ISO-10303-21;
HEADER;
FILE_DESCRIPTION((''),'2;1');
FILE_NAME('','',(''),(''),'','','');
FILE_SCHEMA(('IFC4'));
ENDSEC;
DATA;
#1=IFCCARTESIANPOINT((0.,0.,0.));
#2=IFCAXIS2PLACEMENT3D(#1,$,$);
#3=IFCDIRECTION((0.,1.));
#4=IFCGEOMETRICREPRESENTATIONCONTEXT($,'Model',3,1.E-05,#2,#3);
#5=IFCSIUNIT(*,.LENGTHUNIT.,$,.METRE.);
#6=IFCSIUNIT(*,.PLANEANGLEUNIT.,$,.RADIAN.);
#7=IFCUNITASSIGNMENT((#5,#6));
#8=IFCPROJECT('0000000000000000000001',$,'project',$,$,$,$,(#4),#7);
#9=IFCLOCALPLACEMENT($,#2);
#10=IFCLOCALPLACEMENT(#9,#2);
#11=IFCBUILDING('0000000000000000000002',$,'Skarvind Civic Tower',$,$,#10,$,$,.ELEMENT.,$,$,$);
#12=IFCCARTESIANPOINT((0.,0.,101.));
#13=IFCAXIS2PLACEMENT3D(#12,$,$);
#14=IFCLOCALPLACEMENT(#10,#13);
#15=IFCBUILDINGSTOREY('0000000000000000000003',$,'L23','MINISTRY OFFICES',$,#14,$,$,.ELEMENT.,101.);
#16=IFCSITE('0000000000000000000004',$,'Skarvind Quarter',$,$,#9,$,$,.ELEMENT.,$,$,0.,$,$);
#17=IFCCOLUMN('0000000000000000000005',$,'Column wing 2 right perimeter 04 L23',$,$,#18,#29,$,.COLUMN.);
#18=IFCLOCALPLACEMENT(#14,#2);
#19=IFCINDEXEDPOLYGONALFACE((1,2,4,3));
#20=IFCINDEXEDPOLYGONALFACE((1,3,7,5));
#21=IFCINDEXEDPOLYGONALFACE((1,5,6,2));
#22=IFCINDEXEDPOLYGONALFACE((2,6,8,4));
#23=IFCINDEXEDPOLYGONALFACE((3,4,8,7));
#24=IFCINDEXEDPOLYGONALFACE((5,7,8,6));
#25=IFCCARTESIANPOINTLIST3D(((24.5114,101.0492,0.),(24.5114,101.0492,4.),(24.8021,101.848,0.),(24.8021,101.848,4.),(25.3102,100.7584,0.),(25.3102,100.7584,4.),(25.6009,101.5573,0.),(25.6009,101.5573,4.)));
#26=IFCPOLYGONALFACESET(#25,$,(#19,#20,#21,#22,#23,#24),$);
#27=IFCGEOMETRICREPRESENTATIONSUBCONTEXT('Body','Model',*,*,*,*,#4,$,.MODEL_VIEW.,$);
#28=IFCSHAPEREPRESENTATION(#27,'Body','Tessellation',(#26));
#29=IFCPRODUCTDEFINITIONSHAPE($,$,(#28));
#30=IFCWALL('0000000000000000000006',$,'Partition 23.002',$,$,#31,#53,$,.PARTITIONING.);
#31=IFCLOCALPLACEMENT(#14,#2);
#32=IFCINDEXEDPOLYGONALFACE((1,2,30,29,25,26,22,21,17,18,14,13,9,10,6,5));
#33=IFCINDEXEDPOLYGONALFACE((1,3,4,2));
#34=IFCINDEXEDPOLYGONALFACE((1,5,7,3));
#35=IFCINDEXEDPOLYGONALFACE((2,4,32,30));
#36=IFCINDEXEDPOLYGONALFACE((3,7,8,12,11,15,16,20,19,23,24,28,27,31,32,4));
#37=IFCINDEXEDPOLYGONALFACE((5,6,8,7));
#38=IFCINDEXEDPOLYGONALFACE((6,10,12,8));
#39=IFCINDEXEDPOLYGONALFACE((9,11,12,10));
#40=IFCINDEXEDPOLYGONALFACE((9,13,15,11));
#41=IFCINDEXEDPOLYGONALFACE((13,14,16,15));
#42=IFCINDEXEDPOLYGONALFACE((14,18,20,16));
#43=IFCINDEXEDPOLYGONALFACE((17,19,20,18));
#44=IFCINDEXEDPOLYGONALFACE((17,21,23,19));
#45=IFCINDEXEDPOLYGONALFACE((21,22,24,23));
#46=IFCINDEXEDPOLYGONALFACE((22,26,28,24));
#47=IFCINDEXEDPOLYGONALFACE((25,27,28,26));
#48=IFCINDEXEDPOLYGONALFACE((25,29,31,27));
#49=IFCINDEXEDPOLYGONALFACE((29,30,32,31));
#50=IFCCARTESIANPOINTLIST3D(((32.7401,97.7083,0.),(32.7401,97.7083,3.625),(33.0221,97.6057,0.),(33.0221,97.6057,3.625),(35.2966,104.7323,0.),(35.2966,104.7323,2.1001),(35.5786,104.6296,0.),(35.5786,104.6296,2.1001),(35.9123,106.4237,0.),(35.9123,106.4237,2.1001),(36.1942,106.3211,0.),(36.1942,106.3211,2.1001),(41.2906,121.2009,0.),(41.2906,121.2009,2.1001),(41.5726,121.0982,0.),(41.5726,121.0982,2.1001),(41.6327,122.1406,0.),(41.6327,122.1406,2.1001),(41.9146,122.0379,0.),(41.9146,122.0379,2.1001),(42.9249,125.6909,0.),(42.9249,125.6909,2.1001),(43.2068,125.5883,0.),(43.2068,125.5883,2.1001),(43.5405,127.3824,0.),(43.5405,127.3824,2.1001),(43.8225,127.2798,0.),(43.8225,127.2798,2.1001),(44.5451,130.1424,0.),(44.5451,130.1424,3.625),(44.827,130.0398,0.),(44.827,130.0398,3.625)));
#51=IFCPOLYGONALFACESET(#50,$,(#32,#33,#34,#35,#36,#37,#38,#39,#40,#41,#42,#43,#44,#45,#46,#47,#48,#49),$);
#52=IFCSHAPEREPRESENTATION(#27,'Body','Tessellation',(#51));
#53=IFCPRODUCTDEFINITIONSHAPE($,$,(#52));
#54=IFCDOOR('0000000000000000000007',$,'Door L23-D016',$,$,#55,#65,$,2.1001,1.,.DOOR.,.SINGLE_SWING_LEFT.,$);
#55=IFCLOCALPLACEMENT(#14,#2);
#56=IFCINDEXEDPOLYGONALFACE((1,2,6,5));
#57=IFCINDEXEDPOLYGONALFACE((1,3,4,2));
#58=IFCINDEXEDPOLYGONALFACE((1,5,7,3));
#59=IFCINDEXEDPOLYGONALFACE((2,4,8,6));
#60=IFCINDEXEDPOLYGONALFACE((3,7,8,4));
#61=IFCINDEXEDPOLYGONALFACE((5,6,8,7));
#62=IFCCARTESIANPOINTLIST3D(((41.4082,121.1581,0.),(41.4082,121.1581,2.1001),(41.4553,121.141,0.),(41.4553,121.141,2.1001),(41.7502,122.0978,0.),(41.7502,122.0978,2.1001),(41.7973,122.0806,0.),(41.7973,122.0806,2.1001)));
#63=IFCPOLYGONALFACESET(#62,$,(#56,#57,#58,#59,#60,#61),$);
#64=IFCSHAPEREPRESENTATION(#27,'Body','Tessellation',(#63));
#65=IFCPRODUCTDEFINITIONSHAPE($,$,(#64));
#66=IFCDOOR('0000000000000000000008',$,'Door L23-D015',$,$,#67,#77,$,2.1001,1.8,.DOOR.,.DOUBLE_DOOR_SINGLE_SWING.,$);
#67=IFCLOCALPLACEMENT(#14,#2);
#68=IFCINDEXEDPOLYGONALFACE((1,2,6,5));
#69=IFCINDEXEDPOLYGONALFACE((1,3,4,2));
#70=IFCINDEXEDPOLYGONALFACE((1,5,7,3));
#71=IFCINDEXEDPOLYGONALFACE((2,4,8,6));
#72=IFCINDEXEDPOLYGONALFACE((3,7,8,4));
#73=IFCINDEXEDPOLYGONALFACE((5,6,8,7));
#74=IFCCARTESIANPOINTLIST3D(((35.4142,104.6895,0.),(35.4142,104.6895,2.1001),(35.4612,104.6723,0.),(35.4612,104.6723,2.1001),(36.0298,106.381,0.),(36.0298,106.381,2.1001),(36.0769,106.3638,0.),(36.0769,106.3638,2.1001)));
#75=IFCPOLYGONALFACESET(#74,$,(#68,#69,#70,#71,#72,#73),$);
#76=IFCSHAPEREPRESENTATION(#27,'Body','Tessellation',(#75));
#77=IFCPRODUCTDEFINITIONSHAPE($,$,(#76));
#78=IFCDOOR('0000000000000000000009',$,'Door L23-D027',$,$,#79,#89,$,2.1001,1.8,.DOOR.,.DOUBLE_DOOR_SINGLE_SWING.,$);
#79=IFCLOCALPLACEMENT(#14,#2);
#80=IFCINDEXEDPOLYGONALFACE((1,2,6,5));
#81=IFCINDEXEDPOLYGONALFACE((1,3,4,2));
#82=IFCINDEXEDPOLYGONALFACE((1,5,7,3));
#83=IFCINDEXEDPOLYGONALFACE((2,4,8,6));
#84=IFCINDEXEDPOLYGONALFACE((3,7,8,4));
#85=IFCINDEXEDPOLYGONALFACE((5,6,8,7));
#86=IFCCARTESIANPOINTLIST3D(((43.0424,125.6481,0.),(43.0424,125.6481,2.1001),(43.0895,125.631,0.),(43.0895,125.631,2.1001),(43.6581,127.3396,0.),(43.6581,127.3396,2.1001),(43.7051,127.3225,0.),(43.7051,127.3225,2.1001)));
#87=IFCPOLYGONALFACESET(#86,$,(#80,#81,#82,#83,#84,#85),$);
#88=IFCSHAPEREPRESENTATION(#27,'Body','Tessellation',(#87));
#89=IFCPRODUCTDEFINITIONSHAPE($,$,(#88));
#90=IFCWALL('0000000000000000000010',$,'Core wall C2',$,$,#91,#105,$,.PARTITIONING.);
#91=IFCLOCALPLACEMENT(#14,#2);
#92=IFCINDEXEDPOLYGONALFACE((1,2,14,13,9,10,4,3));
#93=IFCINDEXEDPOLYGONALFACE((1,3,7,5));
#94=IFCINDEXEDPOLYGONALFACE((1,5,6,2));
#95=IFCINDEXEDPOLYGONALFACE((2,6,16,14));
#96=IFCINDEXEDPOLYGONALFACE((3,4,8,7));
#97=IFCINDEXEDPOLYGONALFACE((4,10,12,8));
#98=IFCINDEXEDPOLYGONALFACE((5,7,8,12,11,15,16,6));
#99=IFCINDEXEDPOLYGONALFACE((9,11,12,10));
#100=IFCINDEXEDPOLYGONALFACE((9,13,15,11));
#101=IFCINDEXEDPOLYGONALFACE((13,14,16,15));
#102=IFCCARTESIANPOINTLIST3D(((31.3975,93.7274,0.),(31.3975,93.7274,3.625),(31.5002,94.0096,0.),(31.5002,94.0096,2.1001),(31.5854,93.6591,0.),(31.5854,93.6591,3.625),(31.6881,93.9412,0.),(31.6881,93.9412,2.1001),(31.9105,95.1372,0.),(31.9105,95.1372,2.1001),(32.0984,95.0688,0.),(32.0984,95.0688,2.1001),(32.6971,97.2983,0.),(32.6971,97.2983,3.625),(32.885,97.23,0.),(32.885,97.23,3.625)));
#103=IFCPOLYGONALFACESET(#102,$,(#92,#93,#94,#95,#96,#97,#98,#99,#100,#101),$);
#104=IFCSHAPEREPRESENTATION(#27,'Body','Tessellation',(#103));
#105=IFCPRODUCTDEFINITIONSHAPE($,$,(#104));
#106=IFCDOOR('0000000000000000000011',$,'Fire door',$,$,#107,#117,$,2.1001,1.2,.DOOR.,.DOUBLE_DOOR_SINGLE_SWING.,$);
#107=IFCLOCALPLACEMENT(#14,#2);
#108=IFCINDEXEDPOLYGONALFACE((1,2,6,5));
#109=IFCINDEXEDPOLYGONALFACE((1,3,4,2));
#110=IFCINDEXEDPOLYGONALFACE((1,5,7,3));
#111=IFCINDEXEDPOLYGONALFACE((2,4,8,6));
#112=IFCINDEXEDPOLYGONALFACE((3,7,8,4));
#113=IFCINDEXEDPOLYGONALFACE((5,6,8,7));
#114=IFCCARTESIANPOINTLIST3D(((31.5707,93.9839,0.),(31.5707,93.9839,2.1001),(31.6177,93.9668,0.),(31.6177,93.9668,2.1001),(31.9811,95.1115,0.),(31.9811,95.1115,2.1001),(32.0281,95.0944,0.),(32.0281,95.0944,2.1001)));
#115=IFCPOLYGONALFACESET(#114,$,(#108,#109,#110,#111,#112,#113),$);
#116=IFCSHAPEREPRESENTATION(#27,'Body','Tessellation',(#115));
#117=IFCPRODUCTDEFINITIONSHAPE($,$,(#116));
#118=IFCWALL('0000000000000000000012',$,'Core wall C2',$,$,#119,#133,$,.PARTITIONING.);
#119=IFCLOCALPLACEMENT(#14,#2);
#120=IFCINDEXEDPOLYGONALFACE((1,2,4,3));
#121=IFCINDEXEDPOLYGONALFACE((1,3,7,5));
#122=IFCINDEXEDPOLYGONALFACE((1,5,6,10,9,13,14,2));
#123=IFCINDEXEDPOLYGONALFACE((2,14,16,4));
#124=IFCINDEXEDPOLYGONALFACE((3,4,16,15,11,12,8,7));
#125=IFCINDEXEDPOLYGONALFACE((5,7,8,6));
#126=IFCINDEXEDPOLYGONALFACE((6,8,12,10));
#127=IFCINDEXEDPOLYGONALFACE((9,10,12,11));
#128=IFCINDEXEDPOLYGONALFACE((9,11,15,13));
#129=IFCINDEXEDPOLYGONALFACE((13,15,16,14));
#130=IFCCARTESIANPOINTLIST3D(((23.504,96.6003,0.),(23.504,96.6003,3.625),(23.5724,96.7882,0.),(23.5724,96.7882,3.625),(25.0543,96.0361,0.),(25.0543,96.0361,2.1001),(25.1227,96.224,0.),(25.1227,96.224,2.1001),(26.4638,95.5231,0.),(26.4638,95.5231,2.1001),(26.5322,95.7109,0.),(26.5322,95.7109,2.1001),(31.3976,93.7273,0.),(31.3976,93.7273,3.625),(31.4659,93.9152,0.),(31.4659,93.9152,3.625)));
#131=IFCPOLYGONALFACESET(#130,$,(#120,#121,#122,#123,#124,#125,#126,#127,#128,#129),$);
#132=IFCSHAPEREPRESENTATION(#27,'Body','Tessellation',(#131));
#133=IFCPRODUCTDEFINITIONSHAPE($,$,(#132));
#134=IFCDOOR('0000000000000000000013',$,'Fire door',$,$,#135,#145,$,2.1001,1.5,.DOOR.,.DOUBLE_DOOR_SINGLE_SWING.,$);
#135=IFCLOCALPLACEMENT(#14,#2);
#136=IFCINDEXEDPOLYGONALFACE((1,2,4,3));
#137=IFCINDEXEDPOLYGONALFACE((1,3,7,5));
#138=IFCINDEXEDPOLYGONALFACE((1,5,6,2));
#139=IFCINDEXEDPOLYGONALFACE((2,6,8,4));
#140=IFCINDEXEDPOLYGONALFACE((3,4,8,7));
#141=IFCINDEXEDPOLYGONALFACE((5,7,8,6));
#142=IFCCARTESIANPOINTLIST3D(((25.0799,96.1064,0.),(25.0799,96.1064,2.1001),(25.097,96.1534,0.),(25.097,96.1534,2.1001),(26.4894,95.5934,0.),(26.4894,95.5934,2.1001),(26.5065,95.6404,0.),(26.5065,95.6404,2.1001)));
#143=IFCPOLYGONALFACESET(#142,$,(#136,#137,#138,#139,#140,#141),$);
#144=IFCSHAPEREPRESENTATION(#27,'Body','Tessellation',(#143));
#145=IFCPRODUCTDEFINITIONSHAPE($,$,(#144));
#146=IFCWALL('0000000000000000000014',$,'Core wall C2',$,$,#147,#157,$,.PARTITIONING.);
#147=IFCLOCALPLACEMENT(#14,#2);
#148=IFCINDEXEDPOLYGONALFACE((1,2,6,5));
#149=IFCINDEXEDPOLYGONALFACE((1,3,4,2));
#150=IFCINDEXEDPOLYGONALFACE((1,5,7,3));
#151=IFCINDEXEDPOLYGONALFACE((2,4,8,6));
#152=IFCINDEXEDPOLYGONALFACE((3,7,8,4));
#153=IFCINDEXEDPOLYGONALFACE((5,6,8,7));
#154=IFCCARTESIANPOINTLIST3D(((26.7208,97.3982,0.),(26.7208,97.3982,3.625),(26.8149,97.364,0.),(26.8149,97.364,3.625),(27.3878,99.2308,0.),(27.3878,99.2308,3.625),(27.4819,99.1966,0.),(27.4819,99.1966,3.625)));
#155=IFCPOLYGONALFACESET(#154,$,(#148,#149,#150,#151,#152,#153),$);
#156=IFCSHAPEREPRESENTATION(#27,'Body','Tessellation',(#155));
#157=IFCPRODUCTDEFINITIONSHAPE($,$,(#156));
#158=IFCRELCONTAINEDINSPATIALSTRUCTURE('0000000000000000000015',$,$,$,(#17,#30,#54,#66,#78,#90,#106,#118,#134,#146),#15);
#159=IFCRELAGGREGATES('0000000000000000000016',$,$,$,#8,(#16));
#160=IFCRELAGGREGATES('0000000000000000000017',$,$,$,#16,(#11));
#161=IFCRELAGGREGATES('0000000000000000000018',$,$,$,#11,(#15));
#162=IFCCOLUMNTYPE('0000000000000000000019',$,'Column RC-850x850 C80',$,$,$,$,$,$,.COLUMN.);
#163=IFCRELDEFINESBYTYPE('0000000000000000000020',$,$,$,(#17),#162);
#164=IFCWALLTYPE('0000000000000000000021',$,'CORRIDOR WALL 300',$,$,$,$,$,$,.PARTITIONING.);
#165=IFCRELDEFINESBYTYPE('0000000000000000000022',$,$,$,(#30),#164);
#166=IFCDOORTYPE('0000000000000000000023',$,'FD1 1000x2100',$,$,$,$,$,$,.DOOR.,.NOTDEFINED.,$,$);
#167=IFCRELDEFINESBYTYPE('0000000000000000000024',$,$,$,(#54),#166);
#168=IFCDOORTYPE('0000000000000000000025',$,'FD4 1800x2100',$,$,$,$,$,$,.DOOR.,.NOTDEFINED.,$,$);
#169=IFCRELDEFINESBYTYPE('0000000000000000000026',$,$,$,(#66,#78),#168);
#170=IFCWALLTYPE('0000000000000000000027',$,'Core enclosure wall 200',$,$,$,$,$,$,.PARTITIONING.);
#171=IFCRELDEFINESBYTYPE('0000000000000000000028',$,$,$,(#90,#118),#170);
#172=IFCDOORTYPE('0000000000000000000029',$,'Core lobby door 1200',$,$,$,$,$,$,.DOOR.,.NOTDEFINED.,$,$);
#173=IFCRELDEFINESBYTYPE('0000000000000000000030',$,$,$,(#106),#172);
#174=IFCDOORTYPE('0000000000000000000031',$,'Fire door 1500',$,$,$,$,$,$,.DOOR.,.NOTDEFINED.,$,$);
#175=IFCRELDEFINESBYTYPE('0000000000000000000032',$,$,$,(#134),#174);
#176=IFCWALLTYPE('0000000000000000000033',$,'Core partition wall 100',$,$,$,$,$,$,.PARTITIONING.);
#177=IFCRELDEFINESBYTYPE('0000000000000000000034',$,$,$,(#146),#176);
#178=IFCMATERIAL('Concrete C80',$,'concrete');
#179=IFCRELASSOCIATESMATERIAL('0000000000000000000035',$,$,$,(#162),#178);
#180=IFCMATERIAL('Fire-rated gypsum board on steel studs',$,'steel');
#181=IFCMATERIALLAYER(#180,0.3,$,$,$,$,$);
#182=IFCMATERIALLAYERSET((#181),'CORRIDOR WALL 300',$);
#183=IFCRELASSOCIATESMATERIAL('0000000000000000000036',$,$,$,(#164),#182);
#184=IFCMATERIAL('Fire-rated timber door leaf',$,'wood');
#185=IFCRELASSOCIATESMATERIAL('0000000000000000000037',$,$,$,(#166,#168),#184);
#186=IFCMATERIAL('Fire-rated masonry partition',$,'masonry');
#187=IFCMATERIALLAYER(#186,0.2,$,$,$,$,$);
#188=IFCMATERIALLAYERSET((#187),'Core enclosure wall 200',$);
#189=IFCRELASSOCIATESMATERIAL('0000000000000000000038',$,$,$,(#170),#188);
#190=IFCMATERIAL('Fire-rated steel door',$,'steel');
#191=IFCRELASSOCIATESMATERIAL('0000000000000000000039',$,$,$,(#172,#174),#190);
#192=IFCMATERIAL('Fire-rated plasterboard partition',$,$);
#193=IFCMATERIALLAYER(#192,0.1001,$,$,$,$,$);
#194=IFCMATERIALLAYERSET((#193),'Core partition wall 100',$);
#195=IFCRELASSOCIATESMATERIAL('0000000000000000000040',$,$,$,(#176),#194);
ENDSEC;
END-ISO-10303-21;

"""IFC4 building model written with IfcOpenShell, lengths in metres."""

from ifc_helpers import new_model, si_unit, direction, frame, frame_2d, origin, origin_2d, place, context, subcontext, project, spatial, rectangle, extrude, material, layer, layer_set, material_profile, profile_set, type_object, element, fill, save


model = new_model("IFC4")

# Units and contexts
model_context = context("Model", 3, precision=1e-05, world=origin(), true_north=direction((0.0, 1.0)))
body_context = subcontext(model_context, "Body", "Model", "MODEL_VIEW")
ifc_project = project(units=[si_unit("LENGTHUNIT", "METRE"), si_unit("PLANEANGLEUNIT", "RADIAN")], contexts=[model_context])

# Site, building, storey
site_placement = place(None, origin())
site = spatial("IfcSite", under=ifc_project, at=site_placement, Name="Skarvind Quarter", CompositionType="ELEMENT", RefElevation=0.0)
building_placement = place(site_placement, origin())
building = spatial("IfcBuilding", under=site, at=building_placement, Name="Skarvind Civic Tower", CompositionType="ELEMENT")
storey_placement = place(building_placement, frame((0.0, 0.0, 101.0)))
storey = spatial("IfcBuildingStorey", under=building, at=storey_placement, Name="L23", Description="MINISTRY OFFICES", CompositionType="ELEMENT", Elevation=101.0)

# Column
ifc_material_1 = material(Name="Concrete C80", Category="concrete")
ifc_material_profile = material_profile(ifc_material_1, rectangle(XDim=0.8501, YDim=0.8501, at=origin_2d()), Name="RC-850x850")
ifc_profile_set = profile_set([ifc_material_profile], Name="Concrete C80")
column_type = type_object("IfcColumnType", Name="Column RC-850x850 C80", PredefinedType="COLUMN", material=ifc_profile_set)
column_placement = place(storey_placement, frame((25.0562, 101.3032, 0.0), z_axis=(0.0, 0.0, 1.0), x_axis=(-0.34202, -0.939693, 0.0)))
element("IfcColumn", 1, at=column_placement, inside=storey, type_object=column_type, Name="Column wing 2 right perimeter 04 L23", PredefinedType="COLUMN", context=body_context, shape_type="SweptSolid", body=[
    extrude(rectangle(XDim=0.8501, YDim=0.8501, at=origin_2d()), origin(), (0.0, 0.0, 1.0), 4.0),
])

# Wall, openings, doors
ifc_material_2 = material(Name="Fire-rated gypsum board on steel studs", Category="steel")
ifc_layer_1 = layer(ifc_material_2, 0.3)
ifc_layer_set_1 = layer_set([ifc_layer_1], Name="CORRIDOR WALL 300")
wall_type_1 = type_object("IfcWallType", Name="CORRIDOR WALL 300", PredefinedType="PARTITIONING", material=ifc_layer_set_1)
wall_1_placement = place(storey_placement, frame((32.8811, 97.657, 0.0), z_axis=(0.0, 0.0, 1.0), x_axis=(0.342017, 0.939694, 0.0)))
wall_1 = element("IfcWall", 2, at=wall_1_placement, inside=storey, type_object=wall_type_1, Name="Partition 23.002", PredefinedType="PARTITIONING", context=body_context, shape_type="SweptSolid", body=[
    extrude(rectangle(XDim=34.5156, YDim=0.3, at=frame_2d((17.2578, 0.0))), origin(), (0.0, 0.0, 1.0), 3.625),
])
opening_1_placement = place(wall_1_placement, frame((7.4749, 0.0, 0.0)))
opening_1 = element("IfcOpeningElement", 3, at=opening_1_placement, cuts=wall_1, PredefinedType="OPENING", context=body_context, shape_type="SweptSolid", body=[
    extrude(rectangle(XDim=1.8, YDim=2.1001, at=frame_2d((0.8999, 1.05))), frame((0.0, 0.1599, 0.0), z_axis=(0.0, -1.0, 0.0), x_axis=(1.0, 0.0, 0.0)), (0.0, 0.0, 1.0), 0.3201),
])
opening_2_placement = place(wall_1_placement, frame((25.0002, 0.0, 0.0)))
opening_2 = element("IfcOpeningElement", 4, at=opening_2_placement, cuts=wall_1, PredefinedType="OPENING", context=body_context, shape_type="SweptSolid", body=[
    extrude(rectangle(XDim=1.0, YDim=2.1001, at=frame_2d((0.5, 1.05))), frame((0.0, 0.1599, 0.0), z_axis=(0.0, -1.0, 0.0), x_axis=(1.0, 0.0, 0.0)), (0.0, 0.0, 1.0), 0.3201),
])
opening_3_placement = place(wall_1_placement, frame((29.7786, 0.0, 0.0)))
opening_3 = element("IfcOpeningElement", 5, at=opening_3_placement, cuts=wall_1, PredefinedType="OPENING", context=body_context, shape_type="SweptSolid", body=[
    extrude(rectangle(XDim=1.8, YDim=2.1001, at=frame_2d((0.8999, 1.05))), frame((0.0, 0.1599, 0.0), z_axis=(0.0, -1.0, 0.0), x_axis=(1.0, 0.0, 0.0)), (0.0, 0.0, 1.0), 0.3201),
])
ifc_material_3 = material(Name="Fire-rated timber door leaf", Category="wood")
door_type_1 = type_object("IfcDoorType", Name="FD1 1000x2100", OperationType="NOTDEFINED", PredefinedType="DOOR", material=ifc_material_3)
door_1_placement = place(opening_2_placement, origin())
door_1 = element("IfcDoor", 6, at=door_1_placement, inside=storey, type_object=door_type_1, Name="Door L23-D016", OperationType="SINGLE_SWING_LEFT", OverallHeight=2.1001, OverallWidth=1.0, PredefinedType="DOOR", context=body_context, shape_type="SweptSolid", body=[
    extrude(rectangle(XDim=1.0, YDim=2.1001, at=frame_2d((0.5, 1.05))), frame((0.0, 0.0249, 0.0), z_axis=(0.0, -1.0, 0.0), x_axis=(1.0, 0.0, 0.0)), (0.0, 0.0, 1.0), 0.05),
])
fill(opening_2, door_1)
door_type_2 = type_object("IfcDoorType", Name="FD4 1800x2100", OperationType="NOTDEFINED", PredefinedType="DOOR", material=ifc_material_3)
door_2_placement = place(opening_1_placement, origin())
door_2 = element("IfcDoor", 7, at=door_2_placement, inside=storey, type_object=door_type_2, Name="Door L23-D015", OperationType="DOUBLE_DOOR_SINGLE_SWING", OverallHeight=2.1001, OverallWidth=1.8, PredefinedType="DOOR", context=body_context, shape_type="SweptSolid", body=[
    extrude(rectangle(XDim=1.8, YDim=2.1001, at=frame_2d((0.8999, 1.05))), frame((0.0, 0.0249, 0.0), z_axis=(0.0, -1.0, 0.0), x_axis=(1.0, 0.0, 0.0)), (0.0, 0.0, 1.0), 0.05),
])
fill(opening_1, door_2)
door_3_placement = place(opening_3_placement, origin())
door_3 = element("IfcDoor", 8, at=door_3_placement, inside=storey, type_object=door_type_2, Name="Door L23-D027", OperationType="DOUBLE_DOOR_SINGLE_SWING", OverallHeight=2.1001, OverallWidth=1.8, PredefinedType="DOOR", context=body_context, shape_type="SweptSolid", body=[
    extrude(rectangle(XDim=1.8, YDim=2.1001, at=frame_2d((0.8999, 1.05))), frame((0.0, 0.0249, 0.0), z_axis=(0.0, -1.0, 0.0), x_axis=(1.0, 0.0, 0.0)), (0.0, 0.0, 1.0), 0.05),
])
fill(opening_3, door_3)

# Walls, openings, doors
ifc_material_4 = material(Name="Fire-rated masonry partition", Category="masonry")
ifc_layer_2 = layer(ifc_material_4, 0.2)
ifc_layer_set_2 = layer_set([ifc_layer_2], Name="Core enclosure wall 200")
wall_type_2 = type_object("IfcWallType", Name="Core enclosure wall 200", PredefinedType="PARTITIONING", material=ifc_layer_set_2)
wall_2_placement = place(storey_placement, frame((31.4915, 93.6934, 0.0), z_axis=(0.0, 0.0, 1.0), x_axis=(0.341996, 0.939701, 0.0)))
wall_2 = element("IfcWall", 9, at=wall_2_placement, inside=storey, type_object=wall_type_2, Name="Core wall C2", PredefinedType="PARTITIONING", context=body_context, shape_type="SweptSolid", body=[
    extrude(rectangle(XDim=3.8, YDim=0.2, at=frame_2d((1.8999, 0.0))), origin(), (0.0, 0.0, 1.0), 3.625),
])
opening_4_placement = place(wall_2_placement, frame((0.3, 0.0, 0.0)))
opening_4 = element("IfcOpeningElement", 10, at=opening_4_placement, cuts=wall_2, PredefinedType="OPENING", context=body_context, shape_type="SweptSolid", body=[
    extrude(rectangle(XDim=1.2, YDim=2.1001, at=frame_2d((0.6001, 1.05))), frame((0.0, 0.1099, 0.0), z_axis=(0.0, -1.0, 0.0), x_axis=(1.0, 0.0, 0.0)), (0.0, 0.0, 1.0), 0.22),
])
ifc_material_5 = material(Name="Fire-rated steel door", Category="steel")
door_type_3 = type_object("IfcDoorType", Name="Core lobby door 1200", OperationType="NOTDEFINED", PredefinedType="DOOR", material=ifc_material_5)
door_4_placement = place(opening_4_placement, origin())
door_4 = element("IfcDoor", 11, at=door_4_placement, inside=storey, type_object=door_type_3, Name="Fire door", OperationType="DOUBLE_DOOR_SINGLE_SWING", OverallHeight=2.1001, OverallWidth=1.2, PredefinedType="DOOR", context=body_context, shape_type="SweptSolid", body=[
    extrude(rectangle(XDim=1.2, YDim=2.1001, at=frame_2d((0.6001, 1.05))), frame((0.0, 0.0249, 0.0), z_axis=(0.0, -1.0, 0.0), x_axis=(1.0, 0.0, 0.0)), (0.0, 0.0, 1.0), 0.05),
])
fill(opening_4, door_4)
wall_3_placement = place(storey_placement, frame((23.5381, 96.6943, 0.0), z_axis=(0.0, 0.0, 1.0), x_axis=(0.939692, -0.342023, 0.0)))
wall_3 = element("IfcWall", 12, at=wall_3_placement, inside=storey, type_object=wall_type_2, Name="Core wall C2", PredefinedType="PARTITIONING", context=body_context, shape_type="SweptSolid", body=[
    extrude(rectangle(XDim=8.4001, YDim=0.2, at=frame_2d((4.2002, 0.0))), origin(), (0.0, 0.0, 1.0), 3.625),
])
opening_5_placement = place(wall_3_placement, frame((1.6499, 0.0, 0.0)))
opening_5 = element("IfcOpeningElement", 13, at=opening_5_placement, cuts=wall_3, PredefinedType="OPENING", context=body_context, shape_type="SweptSolid", body=[
    extrude(rectangle(XDim=1.5, YDim=2.1001, at=frame_2d((0.75, 1.05))), frame((0.0, 0.1099, 0.0), z_axis=(0.0, -1.0, 0.0), x_axis=(1.0, 0.0, 0.0)), (0.0, 0.0, 1.0), 0.22),
])
door_type_4 = type_object("IfcDoorType", Name="Fire door 1500", OperationType="NOTDEFINED", PredefinedType="DOOR", material=ifc_material_5)
door_5_placement = place(opening_5_placement, origin())
door_5 = element("IfcDoor", 14, at=door_5_placement, inside=storey, type_object=door_type_4, Name="Fire door", OperationType="DOUBLE_DOOR_SINGLE_SWING", OverallHeight=2.1001, OverallWidth=1.5, PredefinedType="DOOR", context=body_context, shape_type="SweptSolid", body=[
    extrude(rectangle(XDim=1.5, YDim=2.1001, at=frame_2d((0.75, 1.05))), frame((0.0, 0.0249, 0.0), z_axis=(0.0, -1.0, 0.0), x_axis=(1.0, 0.0, 0.0)), (0.0, 0.0, 1.0), 0.05),
])
fill(opening_5, door_5)

# Wall
ifc_material_6 = material(Name="Fire-rated plasterboard partition")
ifc_layer_3 = layer(ifc_material_6, 0.1001)
ifc_layer_set_3 = layer_set([ifc_layer_3], Name="Core partition wall 100")
wall_type_3 = type_object("IfcWallType", Name="Core partition wall 100", PredefinedType="PARTITIONING", material=ifc_layer_set_3)
wall_4_placement = place(storey_placement, frame((26.7678, 97.3811, 0.0), z_axis=(0.0, 0.0, 1.0), x_axis=(0.342025, 0.939691, 0.0)))
element("IfcWall", 15, at=wall_4_placement, inside=storey, type_object=wall_type_3, Name="Core wall C2", PredefinedType="PARTITIONING", context=body_context, shape_type="SweptSolid", body=[
    extrude(rectangle(XDim=1.9502, YDim=0.1001, at=frame_2d((0.9751, 0.0))), origin(), (0.0, 0.0, 1.0), 3.625),
])

save(model, "model.ifc")
